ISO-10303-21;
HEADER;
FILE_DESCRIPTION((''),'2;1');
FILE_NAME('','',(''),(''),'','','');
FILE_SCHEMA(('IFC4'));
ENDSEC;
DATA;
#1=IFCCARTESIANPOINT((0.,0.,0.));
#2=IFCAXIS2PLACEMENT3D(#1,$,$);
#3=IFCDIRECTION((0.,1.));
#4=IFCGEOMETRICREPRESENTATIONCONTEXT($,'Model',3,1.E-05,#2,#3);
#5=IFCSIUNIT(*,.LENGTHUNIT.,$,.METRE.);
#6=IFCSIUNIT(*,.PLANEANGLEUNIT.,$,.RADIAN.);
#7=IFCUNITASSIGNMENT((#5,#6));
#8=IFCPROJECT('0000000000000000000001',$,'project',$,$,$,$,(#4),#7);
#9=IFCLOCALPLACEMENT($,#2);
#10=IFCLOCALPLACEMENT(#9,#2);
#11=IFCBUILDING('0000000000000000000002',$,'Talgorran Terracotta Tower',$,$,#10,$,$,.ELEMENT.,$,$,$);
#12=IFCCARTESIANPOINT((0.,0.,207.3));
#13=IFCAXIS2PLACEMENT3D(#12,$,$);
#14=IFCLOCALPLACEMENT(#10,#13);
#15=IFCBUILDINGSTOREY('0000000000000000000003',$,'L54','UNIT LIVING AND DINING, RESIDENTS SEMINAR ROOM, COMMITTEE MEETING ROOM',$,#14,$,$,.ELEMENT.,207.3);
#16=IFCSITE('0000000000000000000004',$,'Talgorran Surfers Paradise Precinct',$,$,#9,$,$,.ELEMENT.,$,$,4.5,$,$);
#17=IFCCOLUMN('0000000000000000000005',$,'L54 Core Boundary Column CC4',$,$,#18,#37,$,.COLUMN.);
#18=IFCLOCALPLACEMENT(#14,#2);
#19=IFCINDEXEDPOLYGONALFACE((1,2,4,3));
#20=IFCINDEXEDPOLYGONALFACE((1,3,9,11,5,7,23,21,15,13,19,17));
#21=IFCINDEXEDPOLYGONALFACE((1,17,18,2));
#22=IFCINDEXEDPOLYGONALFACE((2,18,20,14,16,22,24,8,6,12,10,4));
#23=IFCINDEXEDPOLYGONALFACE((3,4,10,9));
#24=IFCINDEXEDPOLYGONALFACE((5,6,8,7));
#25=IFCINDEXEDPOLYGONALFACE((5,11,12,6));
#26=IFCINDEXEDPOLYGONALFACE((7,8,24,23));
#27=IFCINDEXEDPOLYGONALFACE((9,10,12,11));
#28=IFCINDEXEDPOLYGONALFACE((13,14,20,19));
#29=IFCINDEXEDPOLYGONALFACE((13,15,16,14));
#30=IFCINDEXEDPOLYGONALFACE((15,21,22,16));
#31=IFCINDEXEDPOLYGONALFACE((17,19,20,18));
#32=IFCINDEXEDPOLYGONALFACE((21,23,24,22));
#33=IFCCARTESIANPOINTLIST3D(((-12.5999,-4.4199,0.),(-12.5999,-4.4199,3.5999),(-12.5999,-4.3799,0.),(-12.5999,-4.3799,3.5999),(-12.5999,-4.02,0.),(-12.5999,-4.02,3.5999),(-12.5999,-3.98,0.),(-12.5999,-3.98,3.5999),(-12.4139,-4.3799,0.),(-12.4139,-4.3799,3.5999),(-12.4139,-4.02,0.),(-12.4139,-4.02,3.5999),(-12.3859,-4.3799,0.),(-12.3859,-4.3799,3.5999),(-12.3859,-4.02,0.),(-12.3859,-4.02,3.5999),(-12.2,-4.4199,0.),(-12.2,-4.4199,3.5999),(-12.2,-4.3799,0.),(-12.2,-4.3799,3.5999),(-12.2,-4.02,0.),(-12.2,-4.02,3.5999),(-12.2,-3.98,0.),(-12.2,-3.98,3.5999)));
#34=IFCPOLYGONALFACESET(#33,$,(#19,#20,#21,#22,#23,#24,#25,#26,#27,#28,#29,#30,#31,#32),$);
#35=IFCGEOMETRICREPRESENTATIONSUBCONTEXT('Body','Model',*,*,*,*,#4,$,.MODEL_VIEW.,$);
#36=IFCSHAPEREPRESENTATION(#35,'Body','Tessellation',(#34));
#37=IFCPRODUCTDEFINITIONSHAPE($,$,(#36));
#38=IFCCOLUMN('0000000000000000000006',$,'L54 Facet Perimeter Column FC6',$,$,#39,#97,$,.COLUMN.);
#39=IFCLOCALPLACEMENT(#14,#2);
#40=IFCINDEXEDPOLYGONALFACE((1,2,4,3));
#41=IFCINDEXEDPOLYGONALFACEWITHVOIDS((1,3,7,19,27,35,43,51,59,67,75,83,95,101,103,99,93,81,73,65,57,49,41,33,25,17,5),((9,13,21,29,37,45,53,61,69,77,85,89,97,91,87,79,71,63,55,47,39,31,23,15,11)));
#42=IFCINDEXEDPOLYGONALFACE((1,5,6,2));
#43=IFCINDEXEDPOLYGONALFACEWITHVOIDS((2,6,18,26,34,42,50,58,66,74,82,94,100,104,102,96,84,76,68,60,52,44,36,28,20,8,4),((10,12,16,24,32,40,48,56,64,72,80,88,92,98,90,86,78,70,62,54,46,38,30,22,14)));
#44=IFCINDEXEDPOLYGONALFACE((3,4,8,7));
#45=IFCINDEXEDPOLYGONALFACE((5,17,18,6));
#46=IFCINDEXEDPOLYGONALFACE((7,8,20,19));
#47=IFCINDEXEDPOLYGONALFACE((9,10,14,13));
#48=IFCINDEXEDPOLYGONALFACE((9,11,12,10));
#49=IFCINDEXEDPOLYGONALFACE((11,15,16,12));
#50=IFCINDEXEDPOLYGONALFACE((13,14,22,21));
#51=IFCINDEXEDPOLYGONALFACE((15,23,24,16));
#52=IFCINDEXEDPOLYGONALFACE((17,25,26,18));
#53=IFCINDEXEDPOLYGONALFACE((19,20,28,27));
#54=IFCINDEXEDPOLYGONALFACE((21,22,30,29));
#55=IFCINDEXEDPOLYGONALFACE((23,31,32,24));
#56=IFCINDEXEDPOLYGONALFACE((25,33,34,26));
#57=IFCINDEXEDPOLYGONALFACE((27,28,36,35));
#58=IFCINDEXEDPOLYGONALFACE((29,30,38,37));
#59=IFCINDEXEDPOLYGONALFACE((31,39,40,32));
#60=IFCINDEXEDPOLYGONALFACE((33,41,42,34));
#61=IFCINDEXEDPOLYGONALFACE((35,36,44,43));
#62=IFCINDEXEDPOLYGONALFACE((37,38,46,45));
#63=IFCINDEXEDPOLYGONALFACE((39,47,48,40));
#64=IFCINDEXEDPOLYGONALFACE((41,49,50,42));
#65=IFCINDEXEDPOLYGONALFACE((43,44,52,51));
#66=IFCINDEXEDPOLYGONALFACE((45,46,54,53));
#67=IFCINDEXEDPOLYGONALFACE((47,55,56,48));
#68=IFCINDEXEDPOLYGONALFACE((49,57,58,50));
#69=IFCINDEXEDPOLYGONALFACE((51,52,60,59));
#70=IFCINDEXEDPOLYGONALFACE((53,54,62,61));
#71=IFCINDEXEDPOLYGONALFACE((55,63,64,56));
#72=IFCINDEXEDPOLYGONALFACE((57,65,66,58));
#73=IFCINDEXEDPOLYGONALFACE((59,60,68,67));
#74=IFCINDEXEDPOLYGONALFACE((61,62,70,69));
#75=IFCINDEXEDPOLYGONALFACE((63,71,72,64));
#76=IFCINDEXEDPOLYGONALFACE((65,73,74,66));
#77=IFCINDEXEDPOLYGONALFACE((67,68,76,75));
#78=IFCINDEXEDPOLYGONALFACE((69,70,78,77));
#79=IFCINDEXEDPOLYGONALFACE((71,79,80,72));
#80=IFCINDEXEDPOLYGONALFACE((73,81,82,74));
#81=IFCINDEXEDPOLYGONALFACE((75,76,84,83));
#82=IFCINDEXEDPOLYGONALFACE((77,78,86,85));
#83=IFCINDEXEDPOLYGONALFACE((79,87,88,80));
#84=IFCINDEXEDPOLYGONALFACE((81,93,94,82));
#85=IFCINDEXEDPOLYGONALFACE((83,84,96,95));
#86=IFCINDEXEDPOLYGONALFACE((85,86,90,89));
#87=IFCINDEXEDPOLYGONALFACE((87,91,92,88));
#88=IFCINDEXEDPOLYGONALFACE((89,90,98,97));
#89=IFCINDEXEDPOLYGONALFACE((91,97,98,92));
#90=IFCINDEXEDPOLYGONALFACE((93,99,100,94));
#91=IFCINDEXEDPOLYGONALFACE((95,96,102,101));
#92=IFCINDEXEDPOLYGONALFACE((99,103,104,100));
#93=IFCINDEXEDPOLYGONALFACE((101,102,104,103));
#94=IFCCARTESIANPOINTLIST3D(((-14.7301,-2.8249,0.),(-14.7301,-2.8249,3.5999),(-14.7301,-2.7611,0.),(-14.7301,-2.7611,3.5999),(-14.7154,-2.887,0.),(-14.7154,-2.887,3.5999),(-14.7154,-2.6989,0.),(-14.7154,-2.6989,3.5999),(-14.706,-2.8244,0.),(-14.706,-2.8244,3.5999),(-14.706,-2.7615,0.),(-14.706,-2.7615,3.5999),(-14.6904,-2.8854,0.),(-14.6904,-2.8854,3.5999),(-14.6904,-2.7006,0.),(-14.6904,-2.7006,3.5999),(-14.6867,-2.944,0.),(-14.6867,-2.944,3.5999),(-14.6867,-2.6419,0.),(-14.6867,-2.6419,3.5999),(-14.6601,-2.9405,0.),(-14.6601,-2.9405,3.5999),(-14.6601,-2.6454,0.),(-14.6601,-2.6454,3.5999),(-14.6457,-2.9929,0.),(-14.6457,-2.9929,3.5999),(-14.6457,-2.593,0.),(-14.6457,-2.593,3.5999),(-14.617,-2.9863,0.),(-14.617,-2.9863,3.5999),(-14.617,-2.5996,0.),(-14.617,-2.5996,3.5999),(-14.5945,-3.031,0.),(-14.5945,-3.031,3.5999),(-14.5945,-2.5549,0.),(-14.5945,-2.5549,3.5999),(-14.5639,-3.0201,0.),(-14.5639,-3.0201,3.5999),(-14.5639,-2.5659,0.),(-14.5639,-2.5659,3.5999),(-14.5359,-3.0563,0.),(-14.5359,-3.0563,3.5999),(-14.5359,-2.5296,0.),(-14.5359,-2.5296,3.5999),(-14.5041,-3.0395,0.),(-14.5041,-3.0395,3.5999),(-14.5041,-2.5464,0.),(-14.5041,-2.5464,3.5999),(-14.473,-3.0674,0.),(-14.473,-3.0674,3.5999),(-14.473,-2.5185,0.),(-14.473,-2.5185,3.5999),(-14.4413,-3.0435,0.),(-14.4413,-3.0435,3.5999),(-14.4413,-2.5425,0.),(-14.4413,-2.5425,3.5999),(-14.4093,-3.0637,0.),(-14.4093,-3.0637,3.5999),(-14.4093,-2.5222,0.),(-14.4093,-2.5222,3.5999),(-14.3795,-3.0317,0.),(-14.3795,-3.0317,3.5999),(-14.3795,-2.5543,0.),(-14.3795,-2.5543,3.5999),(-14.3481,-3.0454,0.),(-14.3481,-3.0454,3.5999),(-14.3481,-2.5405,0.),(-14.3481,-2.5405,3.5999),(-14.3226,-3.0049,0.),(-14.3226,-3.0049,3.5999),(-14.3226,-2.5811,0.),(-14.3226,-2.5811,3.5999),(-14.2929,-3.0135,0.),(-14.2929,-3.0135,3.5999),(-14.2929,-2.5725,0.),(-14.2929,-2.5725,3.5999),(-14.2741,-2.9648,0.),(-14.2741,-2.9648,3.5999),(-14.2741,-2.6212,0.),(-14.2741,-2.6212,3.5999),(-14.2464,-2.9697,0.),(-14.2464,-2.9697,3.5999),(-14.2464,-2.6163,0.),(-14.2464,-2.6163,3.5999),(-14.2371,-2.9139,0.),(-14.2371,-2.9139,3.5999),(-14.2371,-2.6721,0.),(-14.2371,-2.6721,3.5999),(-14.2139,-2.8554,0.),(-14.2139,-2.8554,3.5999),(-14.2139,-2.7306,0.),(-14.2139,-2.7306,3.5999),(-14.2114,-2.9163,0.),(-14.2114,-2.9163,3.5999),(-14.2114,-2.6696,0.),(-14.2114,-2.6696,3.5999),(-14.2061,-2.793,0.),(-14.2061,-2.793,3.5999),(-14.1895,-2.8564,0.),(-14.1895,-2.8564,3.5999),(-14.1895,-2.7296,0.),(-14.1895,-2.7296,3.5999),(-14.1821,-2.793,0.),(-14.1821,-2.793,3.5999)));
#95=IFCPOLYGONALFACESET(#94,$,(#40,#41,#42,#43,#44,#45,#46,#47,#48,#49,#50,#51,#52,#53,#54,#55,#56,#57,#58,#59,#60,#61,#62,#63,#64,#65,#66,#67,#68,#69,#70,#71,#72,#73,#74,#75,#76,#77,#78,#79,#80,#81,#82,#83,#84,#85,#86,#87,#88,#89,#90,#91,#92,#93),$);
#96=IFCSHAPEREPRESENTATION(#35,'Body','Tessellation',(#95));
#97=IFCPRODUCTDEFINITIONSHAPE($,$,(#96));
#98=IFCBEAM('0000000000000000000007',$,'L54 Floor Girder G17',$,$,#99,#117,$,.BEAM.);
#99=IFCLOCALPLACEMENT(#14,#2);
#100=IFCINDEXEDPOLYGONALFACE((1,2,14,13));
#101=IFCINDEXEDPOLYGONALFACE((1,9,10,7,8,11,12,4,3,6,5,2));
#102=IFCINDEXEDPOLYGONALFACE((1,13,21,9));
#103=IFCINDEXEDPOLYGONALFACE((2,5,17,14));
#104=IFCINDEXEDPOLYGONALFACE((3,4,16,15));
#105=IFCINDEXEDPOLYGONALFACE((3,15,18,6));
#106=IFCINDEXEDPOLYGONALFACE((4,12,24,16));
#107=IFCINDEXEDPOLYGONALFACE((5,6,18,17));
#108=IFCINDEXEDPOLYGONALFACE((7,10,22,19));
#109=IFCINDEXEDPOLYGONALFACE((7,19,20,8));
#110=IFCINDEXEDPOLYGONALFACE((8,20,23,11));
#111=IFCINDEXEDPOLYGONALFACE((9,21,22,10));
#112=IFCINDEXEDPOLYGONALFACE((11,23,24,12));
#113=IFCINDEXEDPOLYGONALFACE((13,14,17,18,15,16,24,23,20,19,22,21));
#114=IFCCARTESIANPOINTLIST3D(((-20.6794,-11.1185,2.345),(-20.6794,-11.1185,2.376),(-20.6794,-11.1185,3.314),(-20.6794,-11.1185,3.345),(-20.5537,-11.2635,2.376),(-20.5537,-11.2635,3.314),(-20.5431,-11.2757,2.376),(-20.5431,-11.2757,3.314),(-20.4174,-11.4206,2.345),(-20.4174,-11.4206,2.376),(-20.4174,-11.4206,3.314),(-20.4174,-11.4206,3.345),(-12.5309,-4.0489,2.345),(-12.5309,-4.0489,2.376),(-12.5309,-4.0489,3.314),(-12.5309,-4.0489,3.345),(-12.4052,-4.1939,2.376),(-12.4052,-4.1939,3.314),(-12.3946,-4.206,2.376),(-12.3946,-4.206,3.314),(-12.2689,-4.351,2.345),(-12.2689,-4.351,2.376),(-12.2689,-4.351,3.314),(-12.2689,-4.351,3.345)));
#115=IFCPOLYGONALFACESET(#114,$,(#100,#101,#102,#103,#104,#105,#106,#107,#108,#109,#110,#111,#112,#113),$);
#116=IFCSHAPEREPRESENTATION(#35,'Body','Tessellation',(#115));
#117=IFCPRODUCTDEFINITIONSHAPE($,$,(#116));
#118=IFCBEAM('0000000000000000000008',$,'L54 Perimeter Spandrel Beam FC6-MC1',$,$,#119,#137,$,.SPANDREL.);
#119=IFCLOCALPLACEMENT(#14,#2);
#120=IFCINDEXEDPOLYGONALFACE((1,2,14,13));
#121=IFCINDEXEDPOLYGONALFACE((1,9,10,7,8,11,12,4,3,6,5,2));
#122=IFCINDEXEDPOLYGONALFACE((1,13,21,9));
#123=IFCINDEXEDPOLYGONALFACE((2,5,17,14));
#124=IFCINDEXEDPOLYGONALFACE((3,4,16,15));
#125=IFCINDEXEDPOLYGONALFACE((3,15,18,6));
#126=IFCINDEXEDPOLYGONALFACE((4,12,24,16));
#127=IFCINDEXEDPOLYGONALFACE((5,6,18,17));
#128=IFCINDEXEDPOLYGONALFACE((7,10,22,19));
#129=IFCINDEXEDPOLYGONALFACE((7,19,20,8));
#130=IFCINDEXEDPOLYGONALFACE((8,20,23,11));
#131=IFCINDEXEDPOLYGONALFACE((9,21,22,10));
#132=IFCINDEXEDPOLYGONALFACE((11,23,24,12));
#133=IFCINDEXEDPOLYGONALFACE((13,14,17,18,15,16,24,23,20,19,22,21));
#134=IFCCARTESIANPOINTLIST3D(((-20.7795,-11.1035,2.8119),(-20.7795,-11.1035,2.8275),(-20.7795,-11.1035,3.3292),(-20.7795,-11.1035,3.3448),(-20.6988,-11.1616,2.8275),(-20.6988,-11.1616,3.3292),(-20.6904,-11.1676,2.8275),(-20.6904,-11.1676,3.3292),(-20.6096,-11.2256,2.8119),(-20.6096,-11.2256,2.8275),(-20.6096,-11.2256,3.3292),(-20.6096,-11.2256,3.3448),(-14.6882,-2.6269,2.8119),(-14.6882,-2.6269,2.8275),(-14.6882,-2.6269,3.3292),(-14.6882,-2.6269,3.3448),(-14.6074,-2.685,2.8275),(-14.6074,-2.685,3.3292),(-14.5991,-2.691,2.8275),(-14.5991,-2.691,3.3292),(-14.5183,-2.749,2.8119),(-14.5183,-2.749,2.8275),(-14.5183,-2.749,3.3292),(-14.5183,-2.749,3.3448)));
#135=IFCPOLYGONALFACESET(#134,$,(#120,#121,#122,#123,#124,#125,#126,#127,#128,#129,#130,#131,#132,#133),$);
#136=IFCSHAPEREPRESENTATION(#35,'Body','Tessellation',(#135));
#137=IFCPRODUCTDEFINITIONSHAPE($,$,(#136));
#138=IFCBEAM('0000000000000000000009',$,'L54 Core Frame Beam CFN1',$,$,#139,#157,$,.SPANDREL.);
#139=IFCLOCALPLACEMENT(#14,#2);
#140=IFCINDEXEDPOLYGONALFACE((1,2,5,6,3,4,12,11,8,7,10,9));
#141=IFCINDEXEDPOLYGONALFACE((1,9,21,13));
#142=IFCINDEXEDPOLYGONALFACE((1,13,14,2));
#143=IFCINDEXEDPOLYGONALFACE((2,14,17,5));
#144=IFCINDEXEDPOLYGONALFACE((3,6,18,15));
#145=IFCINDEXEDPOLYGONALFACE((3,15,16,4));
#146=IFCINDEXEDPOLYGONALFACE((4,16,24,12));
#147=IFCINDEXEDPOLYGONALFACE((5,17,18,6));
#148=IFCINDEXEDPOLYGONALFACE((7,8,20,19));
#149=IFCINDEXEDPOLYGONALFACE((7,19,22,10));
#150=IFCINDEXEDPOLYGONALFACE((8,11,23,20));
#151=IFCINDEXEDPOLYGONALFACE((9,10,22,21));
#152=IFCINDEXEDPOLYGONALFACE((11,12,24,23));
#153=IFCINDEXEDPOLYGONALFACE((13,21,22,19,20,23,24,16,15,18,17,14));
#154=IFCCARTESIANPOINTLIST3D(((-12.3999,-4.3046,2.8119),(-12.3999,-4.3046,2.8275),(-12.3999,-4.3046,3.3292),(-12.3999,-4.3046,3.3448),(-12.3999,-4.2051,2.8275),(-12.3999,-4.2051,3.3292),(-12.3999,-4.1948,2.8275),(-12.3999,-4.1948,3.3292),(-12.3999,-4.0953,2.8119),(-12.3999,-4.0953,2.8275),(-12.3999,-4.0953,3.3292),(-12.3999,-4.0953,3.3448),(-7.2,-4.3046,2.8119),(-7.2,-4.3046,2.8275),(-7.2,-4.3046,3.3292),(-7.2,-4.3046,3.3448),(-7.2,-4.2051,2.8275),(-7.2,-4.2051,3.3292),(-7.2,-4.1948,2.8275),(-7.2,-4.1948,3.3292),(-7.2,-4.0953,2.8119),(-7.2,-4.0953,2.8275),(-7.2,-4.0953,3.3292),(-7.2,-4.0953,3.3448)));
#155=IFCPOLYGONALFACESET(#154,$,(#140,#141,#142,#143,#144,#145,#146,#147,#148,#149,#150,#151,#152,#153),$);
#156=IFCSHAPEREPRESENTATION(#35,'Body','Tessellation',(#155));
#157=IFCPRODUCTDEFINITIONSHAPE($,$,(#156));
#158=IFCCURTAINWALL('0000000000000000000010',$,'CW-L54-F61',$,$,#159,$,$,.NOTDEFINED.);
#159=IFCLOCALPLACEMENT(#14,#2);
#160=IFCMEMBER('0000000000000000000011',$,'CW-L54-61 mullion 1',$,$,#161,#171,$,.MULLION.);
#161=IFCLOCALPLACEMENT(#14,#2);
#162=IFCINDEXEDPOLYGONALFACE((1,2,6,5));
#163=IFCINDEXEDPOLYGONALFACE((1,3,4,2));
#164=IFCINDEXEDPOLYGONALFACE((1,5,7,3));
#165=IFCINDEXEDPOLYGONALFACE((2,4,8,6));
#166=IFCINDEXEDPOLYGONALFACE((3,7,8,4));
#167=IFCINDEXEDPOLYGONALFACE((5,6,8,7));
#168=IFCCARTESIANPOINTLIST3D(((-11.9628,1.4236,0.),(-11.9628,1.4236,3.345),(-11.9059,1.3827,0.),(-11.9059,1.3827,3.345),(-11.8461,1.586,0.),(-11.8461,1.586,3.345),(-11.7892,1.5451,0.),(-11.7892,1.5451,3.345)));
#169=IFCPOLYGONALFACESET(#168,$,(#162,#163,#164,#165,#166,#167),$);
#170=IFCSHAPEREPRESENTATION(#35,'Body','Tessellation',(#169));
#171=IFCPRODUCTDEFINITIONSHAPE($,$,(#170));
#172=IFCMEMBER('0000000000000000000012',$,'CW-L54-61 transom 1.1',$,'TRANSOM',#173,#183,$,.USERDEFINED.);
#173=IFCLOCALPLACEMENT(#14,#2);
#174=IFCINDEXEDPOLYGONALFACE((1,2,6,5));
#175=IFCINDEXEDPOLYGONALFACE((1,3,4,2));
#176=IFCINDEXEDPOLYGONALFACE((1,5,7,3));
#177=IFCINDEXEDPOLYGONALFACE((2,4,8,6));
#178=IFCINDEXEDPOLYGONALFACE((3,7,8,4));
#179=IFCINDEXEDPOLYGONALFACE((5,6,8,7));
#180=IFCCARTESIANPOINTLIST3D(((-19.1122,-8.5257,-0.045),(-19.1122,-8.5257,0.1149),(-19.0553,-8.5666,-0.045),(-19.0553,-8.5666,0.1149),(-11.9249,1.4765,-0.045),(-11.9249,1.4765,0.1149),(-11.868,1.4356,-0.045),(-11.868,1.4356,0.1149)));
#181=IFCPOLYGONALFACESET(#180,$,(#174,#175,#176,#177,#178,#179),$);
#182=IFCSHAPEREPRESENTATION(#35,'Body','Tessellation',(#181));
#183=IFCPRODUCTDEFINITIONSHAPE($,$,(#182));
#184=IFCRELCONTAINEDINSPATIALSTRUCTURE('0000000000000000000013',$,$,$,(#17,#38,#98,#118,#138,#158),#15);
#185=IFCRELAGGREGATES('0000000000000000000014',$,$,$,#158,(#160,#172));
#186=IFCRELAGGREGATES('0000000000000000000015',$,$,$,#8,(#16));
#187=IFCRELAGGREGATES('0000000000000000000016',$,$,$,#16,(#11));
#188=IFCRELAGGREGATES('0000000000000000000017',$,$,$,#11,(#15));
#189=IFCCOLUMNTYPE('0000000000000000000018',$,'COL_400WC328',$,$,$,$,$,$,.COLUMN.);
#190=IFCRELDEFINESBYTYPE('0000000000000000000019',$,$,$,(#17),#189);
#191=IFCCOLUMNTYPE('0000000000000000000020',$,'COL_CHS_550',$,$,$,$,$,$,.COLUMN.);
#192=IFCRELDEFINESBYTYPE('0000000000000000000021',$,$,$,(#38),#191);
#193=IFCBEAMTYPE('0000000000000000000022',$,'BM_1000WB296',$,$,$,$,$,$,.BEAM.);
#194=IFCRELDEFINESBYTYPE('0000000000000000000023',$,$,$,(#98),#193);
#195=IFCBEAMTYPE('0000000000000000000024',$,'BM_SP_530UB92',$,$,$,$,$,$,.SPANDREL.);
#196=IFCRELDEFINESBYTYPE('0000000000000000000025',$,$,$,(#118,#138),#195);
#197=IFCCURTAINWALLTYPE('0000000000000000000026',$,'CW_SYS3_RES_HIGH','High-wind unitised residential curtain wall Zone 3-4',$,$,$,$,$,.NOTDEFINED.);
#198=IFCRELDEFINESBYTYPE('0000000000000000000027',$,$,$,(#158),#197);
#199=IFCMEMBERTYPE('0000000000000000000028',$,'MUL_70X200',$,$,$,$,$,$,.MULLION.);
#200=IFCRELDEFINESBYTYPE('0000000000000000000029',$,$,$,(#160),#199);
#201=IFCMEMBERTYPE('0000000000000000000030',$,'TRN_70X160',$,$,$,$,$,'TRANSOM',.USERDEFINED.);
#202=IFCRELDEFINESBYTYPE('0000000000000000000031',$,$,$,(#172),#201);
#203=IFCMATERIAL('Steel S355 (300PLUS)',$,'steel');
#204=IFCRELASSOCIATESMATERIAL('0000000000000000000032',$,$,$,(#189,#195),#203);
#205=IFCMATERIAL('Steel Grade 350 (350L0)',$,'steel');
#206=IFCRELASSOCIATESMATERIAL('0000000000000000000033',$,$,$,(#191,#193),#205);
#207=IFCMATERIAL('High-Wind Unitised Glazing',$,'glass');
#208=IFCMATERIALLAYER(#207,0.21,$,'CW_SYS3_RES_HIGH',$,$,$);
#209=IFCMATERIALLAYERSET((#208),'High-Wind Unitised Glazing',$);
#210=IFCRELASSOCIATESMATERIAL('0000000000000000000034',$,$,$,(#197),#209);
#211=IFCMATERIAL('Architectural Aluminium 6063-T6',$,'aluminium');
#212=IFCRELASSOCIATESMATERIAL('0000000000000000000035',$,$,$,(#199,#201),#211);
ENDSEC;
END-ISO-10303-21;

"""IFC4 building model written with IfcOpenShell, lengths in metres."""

from ifc_helpers import new_model, si_unit, direction, frame, origin, origin_2d, place, context, subcontext, project, spatial, rectangle, hollow_circle, i_section, extrude, material, layer, layer_set, material_profile, profile_set, type_object, element, aggregate, save


model = new_model("IFC4")

# Units and contexts
model_context = context("Model", 3, precision=1e-05, world=origin(), true_north=direction((0.0, 1.0)))
body_context = subcontext(model_context, "Body", "Model", "MODEL_VIEW")
ifc_project = project(units=[si_unit("LENGTHUNIT", "METRE"), si_unit("PLANEANGLEUNIT", "RADIAN")], contexts=[model_context])

# Site, building, storey
site_placement = place(None, origin())
site = spatial("IfcSite", under=ifc_project, at=site_placement, Name="Talgorran Surfers Paradise Precinct", CompositionType="ELEMENT", RefElevation=4.5)
building_placement = place(site_placement, origin())
building = spatial("IfcBuilding", under=site, at=building_placement, Name="Talgorran Terracotta Tower", CompositionType="ELEMENT")
storey_placement = place(building_placement, frame((0.0, 0.0, 207.3)))
storey = spatial("IfcBuildingStorey", under=building, at=storey_placement, Name="L54", Description="UNIT LIVING AND DINING, RESIDENTS SEMINAR ROOM, COMMITTEE MEETING ROOM", CompositionType="ELEMENT", Elevation=207.3)

# Columns
ifc_material_1 = material(Name="Steel S355 (300PLUS)", Category="steel")
ifc_material_profile_1 = material_profile(ifc_material_1, i_section(OverallWidth=0.3999, OverallDepth=0.4399, WebThickness=0.0281, FlangeThickness=0.04, at=origin_2d()), Name="400WC328")
ifc_profile_set_1 = profile_set([ifc_material_profile_1], Name="Steel S355 (300PLUS)")
column_type_1 = type_object("IfcColumnType", Name="COL_400WC328", PredefinedType="COLUMN", material=ifc_profile_set_1)
column_1_placement = place(storey_placement, frame((-12.3999, -4.2, 0.0), z_axis=(0.0, 0.0, 1.0), x_axis=(1.0, 0.0, 0.0)))
element("IfcColumn", 1, at=column_1_placement, inside=storey, type_object=column_type_1, Name="L54 Core Boundary Column CC4", PredefinedType="COLUMN", context=body_context, shape_type="SweptSolid", body=[
    extrude(i_section(OverallWidth=0.3999, OverallDepth=0.4399, WebThickness=0.0281, FlangeThickness=0.04, at=origin_2d()), origin(), (0.0, 0.0, 1.0), 3.5999),
])
ifc_material_2 = material(Name="Steel Grade 350 (350L0)", Category="steel")
ifc_material_profile_2 = material_profile(ifc_material_2, hollow_circle(Radius=0.2749, WallThickness=0.0239, at=origin_2d()), Name="CHS550X24")
ifc_profile_set_2 = profile_set([ifc_material_profile_2], Name="Steel Grade 350 (350L0)")
column_type_2 = type_object("IfcColumnType", Name="COL_CHS_550", PredefinedType="COLUMN", material=ifc_profile_set_2)
column_2_placement = place(storey_placement, frame((-14.457, -2.793, 0.0), z_axis=(0.0, 0.0, 1.0), x_axis=(1.0, 0.0, 0.0)))
element("IfcColumn", 2, at=column_2_placement, inside=storey, type_object=column_type_2, Name="L54 Facet Perimeter Column FC6", PredefinedType="COLUMN", context=body_context, shape_type="SweptSolid", body=[
    extrude(hollow_circle(Radius=0.2749, WallThickness=0.0239, at=origin_2d()), origin(), (0.0, 0.0, 1.0), 3.5999),
])

# Beams
ifc_material_profile_3 = material_profile(ifc_material_2, i_section(OverallWidth=0.3999, OverallDepth=1.0, WebThickness=0.0161, FlangeThickness=0.031, at=origin_2d()), Name="1000WB296")
ifc_profile_set_3 = profile_set([ifc_material_profile_3], Name="Steel Grade 350 (350L0)")
beam_type_1 = type_object("IfcBeamType", Name="BM_1000WB296", PredefinedType="BEAM", material=ifc_profile_set_3)
beam_1_placement = place(storey_placement, frame((-12.3999, -4.2, 2.845), z_axis=(-0.75534, -0.655333, 0.0), x_axis=(0.655333, -0.75534, 0.0)))
element("IfcBeam", 3, at=beam_1_placement, inside=storey, type_object=beam_type_1, Name="L54 Floor Girder G17", PredefinedType="BEAM", context=body_context, shape_type="SweptSolid", body=[
    extrude(i_section(OverallWidth=0.3999, OverallDepth=1.0, WebThickness=0.0161, FlangeThickness=0.031, at=origin_2d()), origin(), (0.0, 0.0, 1.0), 10.7878),
])
ifc_material_profile_4 = material_profile(ifc_material_1, i_section(OverallWidth=0.2092, OverallDepth=0.533, WebThickness=0.0103, FlangeThickness=0.0156, at=origin_2d()), Name="530UB92.4")
ifc_profile_set_4 = profile_set([ifc_material_profile_4], Name="Steel S355 (300PLUS)")
beam_type_2 = type_object("IfcBeamType", Name="BM_SP_530UB92", PredefinedType="SPANDREL", material=ifc_profile_set_4)
beam_2_placement = place(storey_placement, frame((-14.6033, -2.688, 3.0784), z_axis=(-0.583559, -0.812071, 0.0), x_axis=(0.812071, -0.583559, 0.0)))
element("IfcBeam", 4, at=beam_2_placement, inside=storey, type_object=beam_type_2, Name="L54 Perimeter Spandrel Beam FC6-MC1", PredefinedType="SPANDREL", context=body_context, shape_type="SweptSolid", body=[
    extrude(i_section(OverallWidth=0.2092, OverallDepth=0.533, WebThickness=0.0103, FlangeThickness=0.0156, at=origin_2d()), origin(), (0.0, 0.0, 1.0), 10.4382),
])
beam_3_placement = place(storey_placement, frame((-12.3999, -4.2, 3.0784), z_axis=(1.0, 0.0, 0.0), x_axis=(0.0, 1.0, 0.0)))
element("IfcBeam", 5, at=beam_3_placement, inside=storey, type_object=beam_type_2, Name="L54 Core Frame Beam CFN1", PredefinedType="SPANDREL", context=body_context, shape_type="SweptSolid", body=[
    extrude(i_section(OverallWidth=0.2092, OverallDepth=0.533, WebThickness=0.0103, FlangeThickness=0.0156, at=origin_2d()), origin(), (0.0, 0.0, 1.0), 5.2),
])

# Curtain wall, members
ifc_material_3 = material(Name="High-Wind Unitised Glazing", Category="glass")
ifc_layer_1 = layer(ifc_material_3, 0.21, Name="CW_SYS3_RES_HIGH")
ifc_layer_set_1 = layer_set([ifc_layer_1], Name="High-Wind Unitised Glazing")
curtain_wall_type = type_object("IfcCurtainWallType", Name="CW_SYS3_RES_HIGH", Description="High-wind unitised residential curtain wall Zone 3-4", PredefinedType="NOTDEFINED", material=ifc_layer_set_1)
curtain_wall_placement = place(storey_placement, origin())
curtain_wall = element("IfcCurtainWall", 6, at=curtain_wall_placement, inside=storey, type_object=curtain_wall_type, Name="CW-L54-F61", PredefinedType="NOTDEFINED")
ifc_material_4 = material(Name="Architectural Aluminium 6063-T6", Category="aluminium")
ifc_material_profile_5 = material_profile(ifc_material_4, rectangle(XDim=0.0701, YDim=0.2, at=origin_2d()), Name="CWM70X200")
ifc_profile_set_5 = profile_set([ifc_material_profile_5], Name="Architectural Aluminium 6063-T6")
member_type_1 = type_object("IfcMemberType", Name="MUL_70X200", PredefinedType="MULLION", material=ifc_profile_set_5)
member_1_placement = place(storey_placement, frame((-11.876, 1.4844, 0.0), z_axis=(0.0, 0.0, 1.0), x_axis=(0.812075, -0.583554, 0.0)))
member_1 = element("IfcMember", 7, at=member_1_placement, type_object=member_type_1, Name="CW-L54-61 mullion 1", PredefinedType="MULLION", context=body_context, shape_type="SweptSolid", body=[
    extrude(rectangle(XDim=0.0701, YDim=0.2, at=origin_2d()), origin(), (0.0, 0.0, 1.0), 3.345),
])
ifc_material_profile_6 = material_profile(ifc_material_4, rectangle(XDim=0.0701, YDim=0.1599, at=origin_2d()), Name="CWT70X160")
ifc_profile_set_6 = profile_set([ifc_material_profile_6], Name="Architectural Aluminium 6063-T6")
member_type_2 = type_object("IfcMemberType", Name="TRN_70X160", ElementType="TRANSOM", PredefinedType="USERDEFINED", material=ifc_profile_set_6)
member_2_placement = place(storey_placement, frame((-11.8965, 1.4561, 0.0349), z_axis=(-0.583538, -0.812086, 0.0), x_axis=(0.812086, -0.583538, 0.0)))
member_2 = element("IfcMember", 8, at=member_2_placement, type_object=member_type_2, Name="CW-L54-61 transom 1.1", ObjectType="TRANSOM", PredefinedType="USERDEFINED", context=body_context, shape_type="SweptSolid", body=[
    extrude(rectangle(XDim=0.0701, YDim=0.1599, at=origin_2d()), origin(), (0.0, 0.0, 1.0), 12.3167),
])
aggregate(curtain_wall, [member_1, member_2])

save(model, "model.ifc")
